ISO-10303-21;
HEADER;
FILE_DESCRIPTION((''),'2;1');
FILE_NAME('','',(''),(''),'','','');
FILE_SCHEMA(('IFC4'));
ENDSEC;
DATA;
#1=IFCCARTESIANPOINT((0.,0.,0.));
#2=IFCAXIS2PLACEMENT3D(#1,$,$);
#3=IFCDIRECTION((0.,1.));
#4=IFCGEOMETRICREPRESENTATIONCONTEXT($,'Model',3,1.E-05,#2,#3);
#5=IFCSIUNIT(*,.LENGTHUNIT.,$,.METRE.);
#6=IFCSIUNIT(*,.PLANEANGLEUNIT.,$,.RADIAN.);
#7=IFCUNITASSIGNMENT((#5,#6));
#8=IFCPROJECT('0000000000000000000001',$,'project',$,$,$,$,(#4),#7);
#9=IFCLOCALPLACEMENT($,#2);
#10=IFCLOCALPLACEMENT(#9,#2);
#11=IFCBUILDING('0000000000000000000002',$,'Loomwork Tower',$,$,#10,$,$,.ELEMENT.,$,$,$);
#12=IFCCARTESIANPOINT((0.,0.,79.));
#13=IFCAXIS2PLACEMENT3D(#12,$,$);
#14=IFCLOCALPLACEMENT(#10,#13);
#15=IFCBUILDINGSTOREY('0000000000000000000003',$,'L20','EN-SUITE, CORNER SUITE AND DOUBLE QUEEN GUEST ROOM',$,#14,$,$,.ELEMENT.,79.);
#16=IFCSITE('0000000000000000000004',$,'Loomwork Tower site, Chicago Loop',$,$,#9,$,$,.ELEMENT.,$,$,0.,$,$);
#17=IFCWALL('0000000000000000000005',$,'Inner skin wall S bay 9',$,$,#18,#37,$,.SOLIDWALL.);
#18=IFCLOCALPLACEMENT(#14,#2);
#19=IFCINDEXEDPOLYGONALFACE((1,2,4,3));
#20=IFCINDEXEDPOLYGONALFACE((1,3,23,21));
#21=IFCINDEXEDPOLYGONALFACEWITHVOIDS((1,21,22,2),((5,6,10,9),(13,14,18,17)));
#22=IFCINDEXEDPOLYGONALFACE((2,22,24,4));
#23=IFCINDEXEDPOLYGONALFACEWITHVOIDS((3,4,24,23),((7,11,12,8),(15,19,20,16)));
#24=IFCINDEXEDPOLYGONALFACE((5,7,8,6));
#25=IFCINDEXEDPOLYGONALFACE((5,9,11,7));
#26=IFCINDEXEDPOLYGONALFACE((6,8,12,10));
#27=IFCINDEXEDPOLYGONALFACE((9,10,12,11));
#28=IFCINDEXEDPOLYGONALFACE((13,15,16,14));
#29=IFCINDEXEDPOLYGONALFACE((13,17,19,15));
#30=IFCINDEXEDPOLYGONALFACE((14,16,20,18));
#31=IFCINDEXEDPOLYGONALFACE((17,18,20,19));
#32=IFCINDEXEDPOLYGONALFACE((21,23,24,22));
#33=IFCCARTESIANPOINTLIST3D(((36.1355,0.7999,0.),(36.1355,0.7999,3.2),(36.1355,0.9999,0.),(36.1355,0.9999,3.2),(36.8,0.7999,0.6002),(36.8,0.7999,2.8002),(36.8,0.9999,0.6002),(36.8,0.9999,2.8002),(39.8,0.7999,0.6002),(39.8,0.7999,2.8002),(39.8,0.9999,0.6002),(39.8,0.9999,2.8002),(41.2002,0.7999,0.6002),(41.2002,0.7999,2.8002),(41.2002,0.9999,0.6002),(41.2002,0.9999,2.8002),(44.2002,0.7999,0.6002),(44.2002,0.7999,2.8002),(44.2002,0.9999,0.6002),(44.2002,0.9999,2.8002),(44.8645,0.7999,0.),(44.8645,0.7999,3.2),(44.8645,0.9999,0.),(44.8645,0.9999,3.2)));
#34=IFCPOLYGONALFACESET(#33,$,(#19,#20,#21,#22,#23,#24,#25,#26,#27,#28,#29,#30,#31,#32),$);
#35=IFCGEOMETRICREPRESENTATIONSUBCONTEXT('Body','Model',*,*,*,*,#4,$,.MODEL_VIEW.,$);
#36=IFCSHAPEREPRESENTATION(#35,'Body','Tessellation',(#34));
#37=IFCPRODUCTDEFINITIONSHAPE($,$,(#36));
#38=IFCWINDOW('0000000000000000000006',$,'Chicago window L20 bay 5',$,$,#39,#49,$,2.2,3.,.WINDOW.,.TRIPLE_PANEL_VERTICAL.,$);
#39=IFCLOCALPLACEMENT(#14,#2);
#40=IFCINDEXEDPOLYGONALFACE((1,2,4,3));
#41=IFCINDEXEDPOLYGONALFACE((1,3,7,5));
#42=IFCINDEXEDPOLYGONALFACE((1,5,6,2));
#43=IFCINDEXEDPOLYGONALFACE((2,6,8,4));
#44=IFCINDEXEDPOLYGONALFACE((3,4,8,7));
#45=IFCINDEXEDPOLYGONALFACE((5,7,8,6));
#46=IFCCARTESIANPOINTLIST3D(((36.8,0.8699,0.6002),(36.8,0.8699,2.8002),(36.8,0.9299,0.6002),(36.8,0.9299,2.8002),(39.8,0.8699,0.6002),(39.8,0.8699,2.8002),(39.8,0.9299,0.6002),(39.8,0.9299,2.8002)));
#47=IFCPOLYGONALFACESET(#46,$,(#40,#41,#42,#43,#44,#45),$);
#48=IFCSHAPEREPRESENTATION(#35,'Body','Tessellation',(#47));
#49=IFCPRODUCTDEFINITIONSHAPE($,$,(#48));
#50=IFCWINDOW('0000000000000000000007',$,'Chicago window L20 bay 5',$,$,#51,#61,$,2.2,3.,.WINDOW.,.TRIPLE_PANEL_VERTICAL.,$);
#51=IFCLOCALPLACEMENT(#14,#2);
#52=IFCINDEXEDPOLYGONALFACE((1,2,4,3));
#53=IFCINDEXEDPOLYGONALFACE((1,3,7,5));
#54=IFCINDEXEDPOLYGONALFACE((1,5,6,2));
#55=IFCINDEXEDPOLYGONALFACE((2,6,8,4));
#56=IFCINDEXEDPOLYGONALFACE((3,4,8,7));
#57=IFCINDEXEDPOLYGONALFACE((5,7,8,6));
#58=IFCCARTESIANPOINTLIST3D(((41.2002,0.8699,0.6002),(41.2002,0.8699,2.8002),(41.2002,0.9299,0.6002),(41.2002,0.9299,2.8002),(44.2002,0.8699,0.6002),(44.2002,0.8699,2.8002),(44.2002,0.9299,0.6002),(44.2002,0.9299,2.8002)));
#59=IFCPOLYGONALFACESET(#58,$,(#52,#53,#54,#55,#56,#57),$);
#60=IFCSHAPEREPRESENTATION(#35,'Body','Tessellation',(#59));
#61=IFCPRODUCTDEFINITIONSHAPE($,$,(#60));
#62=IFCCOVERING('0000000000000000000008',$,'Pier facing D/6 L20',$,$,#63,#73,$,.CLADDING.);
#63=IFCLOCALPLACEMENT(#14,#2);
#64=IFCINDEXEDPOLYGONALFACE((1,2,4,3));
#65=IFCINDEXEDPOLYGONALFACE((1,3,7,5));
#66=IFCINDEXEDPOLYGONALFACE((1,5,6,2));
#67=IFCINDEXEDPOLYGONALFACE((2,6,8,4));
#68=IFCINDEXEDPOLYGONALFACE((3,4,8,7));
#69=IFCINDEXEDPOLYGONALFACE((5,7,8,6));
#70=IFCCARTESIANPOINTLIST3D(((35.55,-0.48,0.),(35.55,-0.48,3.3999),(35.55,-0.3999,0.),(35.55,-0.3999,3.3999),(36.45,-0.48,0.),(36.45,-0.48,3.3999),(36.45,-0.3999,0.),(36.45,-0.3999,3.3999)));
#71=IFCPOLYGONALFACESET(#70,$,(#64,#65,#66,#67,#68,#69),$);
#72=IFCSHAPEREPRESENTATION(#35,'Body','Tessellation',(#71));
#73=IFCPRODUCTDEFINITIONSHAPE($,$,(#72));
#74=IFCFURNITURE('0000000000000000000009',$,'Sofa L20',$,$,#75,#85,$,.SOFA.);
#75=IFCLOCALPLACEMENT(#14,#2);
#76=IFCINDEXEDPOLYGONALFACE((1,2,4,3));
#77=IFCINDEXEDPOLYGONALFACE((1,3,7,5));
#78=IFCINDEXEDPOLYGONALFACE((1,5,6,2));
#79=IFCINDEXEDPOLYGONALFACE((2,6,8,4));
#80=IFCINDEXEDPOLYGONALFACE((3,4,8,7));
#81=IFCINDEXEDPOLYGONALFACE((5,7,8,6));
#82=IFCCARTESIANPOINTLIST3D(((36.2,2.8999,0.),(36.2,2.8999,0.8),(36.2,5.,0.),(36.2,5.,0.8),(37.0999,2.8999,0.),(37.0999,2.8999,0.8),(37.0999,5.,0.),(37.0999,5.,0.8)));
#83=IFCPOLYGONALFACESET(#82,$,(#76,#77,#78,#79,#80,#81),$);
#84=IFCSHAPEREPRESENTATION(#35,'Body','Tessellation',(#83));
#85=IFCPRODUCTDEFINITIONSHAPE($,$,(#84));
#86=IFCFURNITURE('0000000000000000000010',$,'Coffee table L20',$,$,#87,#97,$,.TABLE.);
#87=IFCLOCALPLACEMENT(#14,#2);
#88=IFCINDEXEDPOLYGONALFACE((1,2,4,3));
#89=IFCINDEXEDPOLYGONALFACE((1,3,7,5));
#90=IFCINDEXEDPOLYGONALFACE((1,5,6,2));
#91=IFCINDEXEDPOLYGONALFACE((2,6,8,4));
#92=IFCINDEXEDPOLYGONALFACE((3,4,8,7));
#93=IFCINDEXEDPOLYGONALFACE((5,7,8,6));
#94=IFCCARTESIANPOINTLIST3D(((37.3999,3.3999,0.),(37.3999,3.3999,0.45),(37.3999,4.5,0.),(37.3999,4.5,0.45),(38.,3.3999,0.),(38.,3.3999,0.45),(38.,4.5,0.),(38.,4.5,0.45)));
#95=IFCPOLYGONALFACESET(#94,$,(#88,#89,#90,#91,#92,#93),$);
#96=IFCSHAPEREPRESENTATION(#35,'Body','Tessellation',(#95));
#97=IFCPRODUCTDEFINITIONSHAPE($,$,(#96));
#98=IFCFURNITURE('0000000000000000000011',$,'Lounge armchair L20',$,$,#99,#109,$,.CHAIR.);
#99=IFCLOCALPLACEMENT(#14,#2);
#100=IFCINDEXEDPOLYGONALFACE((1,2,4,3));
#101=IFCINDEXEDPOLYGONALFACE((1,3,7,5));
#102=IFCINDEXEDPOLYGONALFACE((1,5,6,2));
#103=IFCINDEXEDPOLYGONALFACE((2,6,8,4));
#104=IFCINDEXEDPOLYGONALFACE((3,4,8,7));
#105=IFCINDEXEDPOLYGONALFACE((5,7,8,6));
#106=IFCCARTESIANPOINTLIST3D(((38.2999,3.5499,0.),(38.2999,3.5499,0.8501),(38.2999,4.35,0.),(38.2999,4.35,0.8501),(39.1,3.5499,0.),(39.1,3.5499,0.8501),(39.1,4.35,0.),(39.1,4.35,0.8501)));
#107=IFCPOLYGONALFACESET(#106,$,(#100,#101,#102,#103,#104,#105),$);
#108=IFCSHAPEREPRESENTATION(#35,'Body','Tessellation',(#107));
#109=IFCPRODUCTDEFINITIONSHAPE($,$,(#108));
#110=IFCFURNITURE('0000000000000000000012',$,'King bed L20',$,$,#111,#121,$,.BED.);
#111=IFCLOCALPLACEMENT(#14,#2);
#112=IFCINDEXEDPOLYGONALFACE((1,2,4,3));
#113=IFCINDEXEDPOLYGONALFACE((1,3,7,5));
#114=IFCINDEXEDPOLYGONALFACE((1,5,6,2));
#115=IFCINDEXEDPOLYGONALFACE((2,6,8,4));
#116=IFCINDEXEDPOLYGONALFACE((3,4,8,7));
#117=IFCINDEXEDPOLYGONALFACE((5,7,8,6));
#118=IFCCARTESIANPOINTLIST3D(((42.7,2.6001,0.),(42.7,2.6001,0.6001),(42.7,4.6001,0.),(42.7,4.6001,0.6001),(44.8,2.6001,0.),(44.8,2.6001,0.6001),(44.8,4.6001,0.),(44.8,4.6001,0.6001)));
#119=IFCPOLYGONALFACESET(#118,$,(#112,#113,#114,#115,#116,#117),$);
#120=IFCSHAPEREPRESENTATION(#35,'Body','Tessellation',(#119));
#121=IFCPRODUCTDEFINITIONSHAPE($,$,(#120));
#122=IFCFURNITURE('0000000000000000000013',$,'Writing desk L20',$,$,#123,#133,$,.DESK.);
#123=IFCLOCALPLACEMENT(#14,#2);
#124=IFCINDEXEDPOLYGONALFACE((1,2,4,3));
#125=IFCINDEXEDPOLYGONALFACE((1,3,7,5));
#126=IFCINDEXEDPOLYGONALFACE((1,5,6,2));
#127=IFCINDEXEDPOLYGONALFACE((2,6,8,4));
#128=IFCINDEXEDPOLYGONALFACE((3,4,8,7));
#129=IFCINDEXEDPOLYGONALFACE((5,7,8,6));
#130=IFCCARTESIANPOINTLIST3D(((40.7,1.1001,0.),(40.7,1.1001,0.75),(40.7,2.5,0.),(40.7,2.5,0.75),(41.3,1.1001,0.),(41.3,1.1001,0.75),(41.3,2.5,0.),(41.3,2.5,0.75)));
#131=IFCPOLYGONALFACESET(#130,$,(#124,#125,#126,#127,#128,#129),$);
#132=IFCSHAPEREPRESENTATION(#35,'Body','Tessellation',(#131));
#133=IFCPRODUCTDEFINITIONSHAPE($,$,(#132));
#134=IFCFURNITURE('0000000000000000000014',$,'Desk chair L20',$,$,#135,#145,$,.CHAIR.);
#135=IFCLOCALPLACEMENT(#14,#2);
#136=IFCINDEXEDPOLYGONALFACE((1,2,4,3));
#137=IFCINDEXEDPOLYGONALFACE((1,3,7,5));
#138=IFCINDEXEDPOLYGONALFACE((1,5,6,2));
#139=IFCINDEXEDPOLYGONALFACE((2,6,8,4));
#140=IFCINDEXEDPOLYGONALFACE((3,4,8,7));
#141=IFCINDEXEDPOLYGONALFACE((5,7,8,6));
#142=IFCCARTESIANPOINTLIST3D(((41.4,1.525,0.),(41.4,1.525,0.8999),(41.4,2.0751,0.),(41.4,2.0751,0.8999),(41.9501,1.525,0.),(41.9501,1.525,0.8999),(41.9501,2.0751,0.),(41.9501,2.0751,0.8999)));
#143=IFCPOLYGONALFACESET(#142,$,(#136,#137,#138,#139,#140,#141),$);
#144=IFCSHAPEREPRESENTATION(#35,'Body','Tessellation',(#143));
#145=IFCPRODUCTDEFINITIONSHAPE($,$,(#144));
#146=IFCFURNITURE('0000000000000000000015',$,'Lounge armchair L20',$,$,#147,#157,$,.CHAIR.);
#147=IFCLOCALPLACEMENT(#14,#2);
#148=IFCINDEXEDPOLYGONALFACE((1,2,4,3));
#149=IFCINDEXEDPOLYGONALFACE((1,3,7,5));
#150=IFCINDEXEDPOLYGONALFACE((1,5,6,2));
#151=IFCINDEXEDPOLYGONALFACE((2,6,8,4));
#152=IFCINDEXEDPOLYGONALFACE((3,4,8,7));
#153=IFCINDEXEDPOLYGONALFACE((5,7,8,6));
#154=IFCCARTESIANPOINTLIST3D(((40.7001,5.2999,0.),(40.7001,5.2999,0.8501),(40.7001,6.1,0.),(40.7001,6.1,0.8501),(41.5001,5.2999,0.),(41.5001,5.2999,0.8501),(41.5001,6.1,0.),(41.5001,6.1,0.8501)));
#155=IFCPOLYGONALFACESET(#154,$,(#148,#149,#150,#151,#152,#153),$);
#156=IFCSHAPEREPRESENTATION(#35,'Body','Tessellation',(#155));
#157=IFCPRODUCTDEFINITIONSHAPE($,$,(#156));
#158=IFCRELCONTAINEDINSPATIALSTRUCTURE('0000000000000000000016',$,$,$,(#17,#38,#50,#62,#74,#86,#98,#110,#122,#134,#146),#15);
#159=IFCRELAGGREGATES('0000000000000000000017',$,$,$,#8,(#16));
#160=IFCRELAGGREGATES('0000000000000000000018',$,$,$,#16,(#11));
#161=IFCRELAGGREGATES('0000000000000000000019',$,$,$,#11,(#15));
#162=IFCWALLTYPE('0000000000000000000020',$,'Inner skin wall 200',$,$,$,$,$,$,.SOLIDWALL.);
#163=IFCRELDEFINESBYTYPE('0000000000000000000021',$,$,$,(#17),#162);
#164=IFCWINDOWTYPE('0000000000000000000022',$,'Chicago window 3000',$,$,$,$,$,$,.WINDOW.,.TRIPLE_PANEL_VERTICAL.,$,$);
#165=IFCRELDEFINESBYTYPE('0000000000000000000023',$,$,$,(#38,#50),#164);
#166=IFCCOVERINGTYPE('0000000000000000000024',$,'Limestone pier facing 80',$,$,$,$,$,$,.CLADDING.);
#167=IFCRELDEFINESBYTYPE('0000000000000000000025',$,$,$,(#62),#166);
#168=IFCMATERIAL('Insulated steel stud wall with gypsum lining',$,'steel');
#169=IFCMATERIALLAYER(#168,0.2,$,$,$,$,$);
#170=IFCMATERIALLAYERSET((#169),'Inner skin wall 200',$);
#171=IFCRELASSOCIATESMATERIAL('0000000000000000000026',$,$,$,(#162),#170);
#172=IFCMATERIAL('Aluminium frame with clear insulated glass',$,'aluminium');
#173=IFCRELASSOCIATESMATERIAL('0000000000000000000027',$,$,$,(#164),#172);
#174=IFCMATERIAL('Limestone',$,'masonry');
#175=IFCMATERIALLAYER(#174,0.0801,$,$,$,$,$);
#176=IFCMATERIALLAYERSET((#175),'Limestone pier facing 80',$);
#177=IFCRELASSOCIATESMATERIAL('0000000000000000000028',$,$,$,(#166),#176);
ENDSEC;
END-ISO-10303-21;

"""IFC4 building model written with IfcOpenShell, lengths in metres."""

from ifc_helpers import new_model, si_unit, direction, frame, frame_2d, origin, origin_2d, place, context, subcontext, project, spatial, rectangle, extrude, material, layer, layer_set, type_object, element, fill, save


model = new_model("IFC4")

# Units and contexts
model_context = context("Model", 3, precision=1e-05, world=origin(), true_north=direction((0.0, 1.0)))
body_context = subcontext(model_context, "Body", "Model", "MODEL_VIEW")
ifc_project = project(units=[si_unit("LENGTHUNIT", "METRE"), si_unit("PLANEANGLEUNIT", "RADIAN")], contexts=[model_context])

# Site, building, storey
site_placement = place(None, origin())
site = spatial("IfcSite", under=ifc_project, at=site_placement, Name="Loomwork Tower site, Chicago Loop", CompositionType="ELEMENT", RefElevation=0.0)
building_placement = place(site_placement, origin())
building = spatial("IfcBuilding", under=site, at=building_placement, Name="Loomwork Tower", CompositionType="ELEMENT")
storey_placement = place(building_placement, frame((0.0, 0.0, 79.0)))
storey = spatial("IfcBuildingStorey", under=building, at=storey_placement, Name="L20", Description="EN-SUITE, CORNER SUITE AND DOUBLE QUEEN GUEST ROOM", CompositionType="ELEMENT", Elevation=79.0)

# Wall, openings, windows
ifc_material_1 = material(Name="Insulated steel stud wall with gypsum lining", Category="steel")
ifc_layer_1 = layer(ifc_material_1, 0.2)
ifc_layer_set_1 = layer_set([ifc_layer_1], Name="Inner skin wall 200")
wall_type = type_object("IfcWallType", Name="Inner skin wall 200", PredefinedType="SOLIDWALL", material=ifc_layer_set_1)
wall_placement = place(storey_placement, frame((36.1355, 0.8999, 0.0), z_axis=(0.0, 0.0, 1.0), x_axis=(1.0, 0.0, 0.0)))
wall = element("IfcWall", 1, at=wall_placement, inside=storey, type_object=wall_type, Name="Inner skin wall S bay 9", PredefinedType="SOLIDWALL", context=body_context, shape_type="SweptSolid", body=[
    extrude(rectangle(XDim=8.729, YDim=0.2, at=frame_2d((4.3645, 0.0))), origin(), (0.0, 0.0, 1.0), 3.2),
])
opening_1_placement = place(wall_placement, frame((0.6646, 0.0, 0.6001)))
opening_1 = element("IfcOpeningElement", 2, at=opening_1_placement, cuts=wall, PredefinedType="OPENING", context=body_context, shape_type="SweptSolid", body=[
    extrude(rectangle(XDim=3.0, YDim=2.2, at=frame_2d((1.5, 1.1001))), frame((0.0, 0.1099, 0.0), z_axis=(0.0, -1.0, 0.0), x_axis=(1.0, 0.0, 0.0)), (0.0, 0.0, 1.0), 0.22),
])
opening_2_placement = place(wall_placement, frame((5.0647, 0.0, 0.6001)))
opening_2 = element("IfcOpeningElement", 3, at=opening_2_placement, cuts=wall, PredefinedType="OPENING", context=body_context, shape_type="SweptSolid", body=[
    extrude(rectangle(XDim=3.0, YDim=2.2, at=frame_2d((1.5, 1.1001))), frame((0.0, 0.1099, 0.0), z_axis=(0.0, -1.0, 0.0), x_axis=(1.0, 0.0, 0.0)), (0.0, 0.0, 1.0), 0.22),
])
ifc_material_2 = material(Name="Aluminium frame with clear insulated glass", Category="aluminium")
window_type = type_object("IfcWindowType", Name="Chicago window 3000", PartitioningType="TRIPLE_PANEL_VERTICAL", PredefinedType="WINDOW", material=ifc_material_2)
window_1_placement = place(opening_1_placement, origin())
window_1 = element("IfcWindow", 4, at=window_1_placement, inside=storey, type_object=window_type, Name="Chicago window L20 bay 5", OverallHeight=2.2, OverallWidth=3.0, PartitioningType="TRIPLE_PANEL_VERTICAL", PredefinedType="WINDOW", context=body_context, shape_type="SweptSolid", body=[
    extrude(rectangle(XDim=3.0, YDim=2.2, at=frame_2d((1.5, 1.1001))), frame((0.0, 0.03, 0.0), z_axis=(0.0, -1.0, 0.0), x_axis=(1.0, 0.0, 0.0)), (0.0, 0.0, 1.0), 0.0601),
])
fill(opening_1, window_1)
window_2_placement = place(opening_2_placement, origin())
window_2 = element("IfcWindow", 5, at=window_2_placement, inside=storey, type_object=window_type, Name="Chicago window L20 bay 5", OverallHeight=2.2, OverallWidth=3.0, PartitioningType="TRIPLE_PANEL_VERTICAL", PredefinedType="WINDOW", context=body_context, shape_type="SweptSolid", body=[
    extrude(rectangle(XDim=3.0, YDim=2.2, at=frame_2d((1.5, 1.1001))), frame((0.0, 0.03, 0.0), z_axis=(0.0, -1.0, 0.0), x_axis=(1.0, 0.0, 0.0)), (0.0, 0.0, 1.0), 0.0601),
])
fill(opening_2, window_2)

# Covering
ifc_material_3 = material(Name="Limestone", Category="masonry")
ifc_layer_2 = layer(ifc_material_3, 0.0801)
ifc_layer_set_2 = layer_set([ifc_layer_2], Name="Limestone pier facing 80")
covering_type = type_object("IfcCoveringType", Name="Limestone pier facing 80", PredefinedType="CLADDING", material=ifc_layer_set_2)
covering_placement = place(storey_placement, frame((36.0, -0.4399, 0.0), z_axis=(0.0, 0.0, 1.0), x_axis=(1.0, 0.0, 0.0)))
element("IfcCovering", 6, at=covering_placement, inside=storey, type_object=covering_type, Name="Pier facing D/6 L20", PredefinedType="CLADDING", context=body_context, shape_type="SweptSolid", body=[
    extrude(rectangle(XDim=0.8999, YDim=0.0801, at=origin_2d()), origin(), (0.0, 0.0, 1.0), 3.3999),
])

# Furniture
furniture_1_placement = place(storey_placement, frame((36.6499, 3.95, 0.0), z_axis=(0.0, 0.0, 1.0), x_axis=(1.0, 0.0, 0.0)))
element("IfcFurniture", 7, at=furniture_1_placement, inside=storey, Name="Sofa L20", PredefinedType="SOFA", context=body_context, shape_type="SweptSolid", body=[
    extrude(rectangle(XDim=0.8999, YDim=2.1001, at=origin_2d()), origin(), (0.0, 0.0, 1.0), 0.8),
])
furniture_2_placement = place(storey_placement, frame((37.7, 3.95, 0.0), z_axis=(0.0, 0.0, 1.0), x_axis=(1.0, 0.0, 0.0)))
element("IfcFurniture", 8, at=furniture_2_placement, inside=storey, Name="Coffee table L20", PredefinedType="TABLE", context=body_context, shape_type="SweptSolid", body=[
    extrude(rectangle(XDim=0.6001, YDim=1.1001, at=origin_2d()), origin(), (0.0, 0.0, 1.0), 0.45),
])
furniture_3_placement = place(storey_placement, frame((38.7, 3.95, 0.0), z_axis=(0.0, 0.0, 1.0), x_axis=(1.0, 0.0, 0.0)))
element("IfcFurniture", 9, at=furniture_3_placement, inside=storey, Name="Lounge armchair L20", PredefinedType="CHAIR", context=body_context, shape_type="SweptSolid", body=[
    extrude(rectangle(XDim=0.8, YDim=0.8, at=origin_2d()), origin(), (0.0, 0.0, 1.0), 0.8501),
])
furniture_4_placement = place(storey_placement, frame((43.75, 3.6001, 0.0), z_axis=(0.0, 0.0, 1.0), x_axis=(1.0, 0.0, 0.0)))
element("IfcFurniture", 10, at=furniture_4_placement, inside=storey, Name="King bed L20", PredefinedType="BED", context=body_context, shape_type="SweptSolid", body=[
    extrude(rectangle(XDim=2.1001, YDim=2.0, at=origin_2d()), origin(), (0.0, 0.0, 1.0), 0.6001),
])
furniture_5_placement = place(storey_placement, frame((41.0, 1.8, 0.0), z_axis=(0.0, 0.0, 1.0), x_axis=(1.0, 0.0, 0.0)))
element("IfcFurniture", 11, at=furniture_5_placement, inside=storey, Name="Writing desk L20", PredefinedType="DESK", context=body_context, shape_type="SweptSolid", body=[
    extrude(rectangle(XDim=0.6001, YDim=1.3999, at=origin_2d()), origin(), (0.0, 0.0, 1.0), 0.75),
])
furniture_6_placement = place(storey_placement, frame((41.675, 1.8, 0.0), z_axis=(0.0, 0.0, 1.0), x_axis=(1.0, 0.0, 0.0)))
element("IfcFurniture", 12, at=furniture_6_placement, inside=storey, Name="Desk chair L20", PredefinedType="CHAIR", context=body_context, shape_type="SweptSolid", body=[
    extrude(rectangle(XDim=0.55, YDim=0.55, at=origin_2d()), origin(), (0.0, 0.0, 1.0), 0.8999),
])
furniture_7_placement = place(storey_placement, frame((41.1001, 5.7, 0.0), z_axis=(0.0, 0.0, 1.0), x_axis=(1.0, 0.0, 0.0)))
element("IfcFurniture", 13, at=furniture_7_placement, inside=storey, Name="Lounge armchair L20", PredefinedType="CHAIR", context=body_context, shape_type="SweptSolid", body=[
    extrude(rectangle(XDim=0.8, YDim=0.8, at=origin_2d()), origin(), (0.0, 0.0, 1.0), 0.8501),
])

save(model, "model.ifc")
